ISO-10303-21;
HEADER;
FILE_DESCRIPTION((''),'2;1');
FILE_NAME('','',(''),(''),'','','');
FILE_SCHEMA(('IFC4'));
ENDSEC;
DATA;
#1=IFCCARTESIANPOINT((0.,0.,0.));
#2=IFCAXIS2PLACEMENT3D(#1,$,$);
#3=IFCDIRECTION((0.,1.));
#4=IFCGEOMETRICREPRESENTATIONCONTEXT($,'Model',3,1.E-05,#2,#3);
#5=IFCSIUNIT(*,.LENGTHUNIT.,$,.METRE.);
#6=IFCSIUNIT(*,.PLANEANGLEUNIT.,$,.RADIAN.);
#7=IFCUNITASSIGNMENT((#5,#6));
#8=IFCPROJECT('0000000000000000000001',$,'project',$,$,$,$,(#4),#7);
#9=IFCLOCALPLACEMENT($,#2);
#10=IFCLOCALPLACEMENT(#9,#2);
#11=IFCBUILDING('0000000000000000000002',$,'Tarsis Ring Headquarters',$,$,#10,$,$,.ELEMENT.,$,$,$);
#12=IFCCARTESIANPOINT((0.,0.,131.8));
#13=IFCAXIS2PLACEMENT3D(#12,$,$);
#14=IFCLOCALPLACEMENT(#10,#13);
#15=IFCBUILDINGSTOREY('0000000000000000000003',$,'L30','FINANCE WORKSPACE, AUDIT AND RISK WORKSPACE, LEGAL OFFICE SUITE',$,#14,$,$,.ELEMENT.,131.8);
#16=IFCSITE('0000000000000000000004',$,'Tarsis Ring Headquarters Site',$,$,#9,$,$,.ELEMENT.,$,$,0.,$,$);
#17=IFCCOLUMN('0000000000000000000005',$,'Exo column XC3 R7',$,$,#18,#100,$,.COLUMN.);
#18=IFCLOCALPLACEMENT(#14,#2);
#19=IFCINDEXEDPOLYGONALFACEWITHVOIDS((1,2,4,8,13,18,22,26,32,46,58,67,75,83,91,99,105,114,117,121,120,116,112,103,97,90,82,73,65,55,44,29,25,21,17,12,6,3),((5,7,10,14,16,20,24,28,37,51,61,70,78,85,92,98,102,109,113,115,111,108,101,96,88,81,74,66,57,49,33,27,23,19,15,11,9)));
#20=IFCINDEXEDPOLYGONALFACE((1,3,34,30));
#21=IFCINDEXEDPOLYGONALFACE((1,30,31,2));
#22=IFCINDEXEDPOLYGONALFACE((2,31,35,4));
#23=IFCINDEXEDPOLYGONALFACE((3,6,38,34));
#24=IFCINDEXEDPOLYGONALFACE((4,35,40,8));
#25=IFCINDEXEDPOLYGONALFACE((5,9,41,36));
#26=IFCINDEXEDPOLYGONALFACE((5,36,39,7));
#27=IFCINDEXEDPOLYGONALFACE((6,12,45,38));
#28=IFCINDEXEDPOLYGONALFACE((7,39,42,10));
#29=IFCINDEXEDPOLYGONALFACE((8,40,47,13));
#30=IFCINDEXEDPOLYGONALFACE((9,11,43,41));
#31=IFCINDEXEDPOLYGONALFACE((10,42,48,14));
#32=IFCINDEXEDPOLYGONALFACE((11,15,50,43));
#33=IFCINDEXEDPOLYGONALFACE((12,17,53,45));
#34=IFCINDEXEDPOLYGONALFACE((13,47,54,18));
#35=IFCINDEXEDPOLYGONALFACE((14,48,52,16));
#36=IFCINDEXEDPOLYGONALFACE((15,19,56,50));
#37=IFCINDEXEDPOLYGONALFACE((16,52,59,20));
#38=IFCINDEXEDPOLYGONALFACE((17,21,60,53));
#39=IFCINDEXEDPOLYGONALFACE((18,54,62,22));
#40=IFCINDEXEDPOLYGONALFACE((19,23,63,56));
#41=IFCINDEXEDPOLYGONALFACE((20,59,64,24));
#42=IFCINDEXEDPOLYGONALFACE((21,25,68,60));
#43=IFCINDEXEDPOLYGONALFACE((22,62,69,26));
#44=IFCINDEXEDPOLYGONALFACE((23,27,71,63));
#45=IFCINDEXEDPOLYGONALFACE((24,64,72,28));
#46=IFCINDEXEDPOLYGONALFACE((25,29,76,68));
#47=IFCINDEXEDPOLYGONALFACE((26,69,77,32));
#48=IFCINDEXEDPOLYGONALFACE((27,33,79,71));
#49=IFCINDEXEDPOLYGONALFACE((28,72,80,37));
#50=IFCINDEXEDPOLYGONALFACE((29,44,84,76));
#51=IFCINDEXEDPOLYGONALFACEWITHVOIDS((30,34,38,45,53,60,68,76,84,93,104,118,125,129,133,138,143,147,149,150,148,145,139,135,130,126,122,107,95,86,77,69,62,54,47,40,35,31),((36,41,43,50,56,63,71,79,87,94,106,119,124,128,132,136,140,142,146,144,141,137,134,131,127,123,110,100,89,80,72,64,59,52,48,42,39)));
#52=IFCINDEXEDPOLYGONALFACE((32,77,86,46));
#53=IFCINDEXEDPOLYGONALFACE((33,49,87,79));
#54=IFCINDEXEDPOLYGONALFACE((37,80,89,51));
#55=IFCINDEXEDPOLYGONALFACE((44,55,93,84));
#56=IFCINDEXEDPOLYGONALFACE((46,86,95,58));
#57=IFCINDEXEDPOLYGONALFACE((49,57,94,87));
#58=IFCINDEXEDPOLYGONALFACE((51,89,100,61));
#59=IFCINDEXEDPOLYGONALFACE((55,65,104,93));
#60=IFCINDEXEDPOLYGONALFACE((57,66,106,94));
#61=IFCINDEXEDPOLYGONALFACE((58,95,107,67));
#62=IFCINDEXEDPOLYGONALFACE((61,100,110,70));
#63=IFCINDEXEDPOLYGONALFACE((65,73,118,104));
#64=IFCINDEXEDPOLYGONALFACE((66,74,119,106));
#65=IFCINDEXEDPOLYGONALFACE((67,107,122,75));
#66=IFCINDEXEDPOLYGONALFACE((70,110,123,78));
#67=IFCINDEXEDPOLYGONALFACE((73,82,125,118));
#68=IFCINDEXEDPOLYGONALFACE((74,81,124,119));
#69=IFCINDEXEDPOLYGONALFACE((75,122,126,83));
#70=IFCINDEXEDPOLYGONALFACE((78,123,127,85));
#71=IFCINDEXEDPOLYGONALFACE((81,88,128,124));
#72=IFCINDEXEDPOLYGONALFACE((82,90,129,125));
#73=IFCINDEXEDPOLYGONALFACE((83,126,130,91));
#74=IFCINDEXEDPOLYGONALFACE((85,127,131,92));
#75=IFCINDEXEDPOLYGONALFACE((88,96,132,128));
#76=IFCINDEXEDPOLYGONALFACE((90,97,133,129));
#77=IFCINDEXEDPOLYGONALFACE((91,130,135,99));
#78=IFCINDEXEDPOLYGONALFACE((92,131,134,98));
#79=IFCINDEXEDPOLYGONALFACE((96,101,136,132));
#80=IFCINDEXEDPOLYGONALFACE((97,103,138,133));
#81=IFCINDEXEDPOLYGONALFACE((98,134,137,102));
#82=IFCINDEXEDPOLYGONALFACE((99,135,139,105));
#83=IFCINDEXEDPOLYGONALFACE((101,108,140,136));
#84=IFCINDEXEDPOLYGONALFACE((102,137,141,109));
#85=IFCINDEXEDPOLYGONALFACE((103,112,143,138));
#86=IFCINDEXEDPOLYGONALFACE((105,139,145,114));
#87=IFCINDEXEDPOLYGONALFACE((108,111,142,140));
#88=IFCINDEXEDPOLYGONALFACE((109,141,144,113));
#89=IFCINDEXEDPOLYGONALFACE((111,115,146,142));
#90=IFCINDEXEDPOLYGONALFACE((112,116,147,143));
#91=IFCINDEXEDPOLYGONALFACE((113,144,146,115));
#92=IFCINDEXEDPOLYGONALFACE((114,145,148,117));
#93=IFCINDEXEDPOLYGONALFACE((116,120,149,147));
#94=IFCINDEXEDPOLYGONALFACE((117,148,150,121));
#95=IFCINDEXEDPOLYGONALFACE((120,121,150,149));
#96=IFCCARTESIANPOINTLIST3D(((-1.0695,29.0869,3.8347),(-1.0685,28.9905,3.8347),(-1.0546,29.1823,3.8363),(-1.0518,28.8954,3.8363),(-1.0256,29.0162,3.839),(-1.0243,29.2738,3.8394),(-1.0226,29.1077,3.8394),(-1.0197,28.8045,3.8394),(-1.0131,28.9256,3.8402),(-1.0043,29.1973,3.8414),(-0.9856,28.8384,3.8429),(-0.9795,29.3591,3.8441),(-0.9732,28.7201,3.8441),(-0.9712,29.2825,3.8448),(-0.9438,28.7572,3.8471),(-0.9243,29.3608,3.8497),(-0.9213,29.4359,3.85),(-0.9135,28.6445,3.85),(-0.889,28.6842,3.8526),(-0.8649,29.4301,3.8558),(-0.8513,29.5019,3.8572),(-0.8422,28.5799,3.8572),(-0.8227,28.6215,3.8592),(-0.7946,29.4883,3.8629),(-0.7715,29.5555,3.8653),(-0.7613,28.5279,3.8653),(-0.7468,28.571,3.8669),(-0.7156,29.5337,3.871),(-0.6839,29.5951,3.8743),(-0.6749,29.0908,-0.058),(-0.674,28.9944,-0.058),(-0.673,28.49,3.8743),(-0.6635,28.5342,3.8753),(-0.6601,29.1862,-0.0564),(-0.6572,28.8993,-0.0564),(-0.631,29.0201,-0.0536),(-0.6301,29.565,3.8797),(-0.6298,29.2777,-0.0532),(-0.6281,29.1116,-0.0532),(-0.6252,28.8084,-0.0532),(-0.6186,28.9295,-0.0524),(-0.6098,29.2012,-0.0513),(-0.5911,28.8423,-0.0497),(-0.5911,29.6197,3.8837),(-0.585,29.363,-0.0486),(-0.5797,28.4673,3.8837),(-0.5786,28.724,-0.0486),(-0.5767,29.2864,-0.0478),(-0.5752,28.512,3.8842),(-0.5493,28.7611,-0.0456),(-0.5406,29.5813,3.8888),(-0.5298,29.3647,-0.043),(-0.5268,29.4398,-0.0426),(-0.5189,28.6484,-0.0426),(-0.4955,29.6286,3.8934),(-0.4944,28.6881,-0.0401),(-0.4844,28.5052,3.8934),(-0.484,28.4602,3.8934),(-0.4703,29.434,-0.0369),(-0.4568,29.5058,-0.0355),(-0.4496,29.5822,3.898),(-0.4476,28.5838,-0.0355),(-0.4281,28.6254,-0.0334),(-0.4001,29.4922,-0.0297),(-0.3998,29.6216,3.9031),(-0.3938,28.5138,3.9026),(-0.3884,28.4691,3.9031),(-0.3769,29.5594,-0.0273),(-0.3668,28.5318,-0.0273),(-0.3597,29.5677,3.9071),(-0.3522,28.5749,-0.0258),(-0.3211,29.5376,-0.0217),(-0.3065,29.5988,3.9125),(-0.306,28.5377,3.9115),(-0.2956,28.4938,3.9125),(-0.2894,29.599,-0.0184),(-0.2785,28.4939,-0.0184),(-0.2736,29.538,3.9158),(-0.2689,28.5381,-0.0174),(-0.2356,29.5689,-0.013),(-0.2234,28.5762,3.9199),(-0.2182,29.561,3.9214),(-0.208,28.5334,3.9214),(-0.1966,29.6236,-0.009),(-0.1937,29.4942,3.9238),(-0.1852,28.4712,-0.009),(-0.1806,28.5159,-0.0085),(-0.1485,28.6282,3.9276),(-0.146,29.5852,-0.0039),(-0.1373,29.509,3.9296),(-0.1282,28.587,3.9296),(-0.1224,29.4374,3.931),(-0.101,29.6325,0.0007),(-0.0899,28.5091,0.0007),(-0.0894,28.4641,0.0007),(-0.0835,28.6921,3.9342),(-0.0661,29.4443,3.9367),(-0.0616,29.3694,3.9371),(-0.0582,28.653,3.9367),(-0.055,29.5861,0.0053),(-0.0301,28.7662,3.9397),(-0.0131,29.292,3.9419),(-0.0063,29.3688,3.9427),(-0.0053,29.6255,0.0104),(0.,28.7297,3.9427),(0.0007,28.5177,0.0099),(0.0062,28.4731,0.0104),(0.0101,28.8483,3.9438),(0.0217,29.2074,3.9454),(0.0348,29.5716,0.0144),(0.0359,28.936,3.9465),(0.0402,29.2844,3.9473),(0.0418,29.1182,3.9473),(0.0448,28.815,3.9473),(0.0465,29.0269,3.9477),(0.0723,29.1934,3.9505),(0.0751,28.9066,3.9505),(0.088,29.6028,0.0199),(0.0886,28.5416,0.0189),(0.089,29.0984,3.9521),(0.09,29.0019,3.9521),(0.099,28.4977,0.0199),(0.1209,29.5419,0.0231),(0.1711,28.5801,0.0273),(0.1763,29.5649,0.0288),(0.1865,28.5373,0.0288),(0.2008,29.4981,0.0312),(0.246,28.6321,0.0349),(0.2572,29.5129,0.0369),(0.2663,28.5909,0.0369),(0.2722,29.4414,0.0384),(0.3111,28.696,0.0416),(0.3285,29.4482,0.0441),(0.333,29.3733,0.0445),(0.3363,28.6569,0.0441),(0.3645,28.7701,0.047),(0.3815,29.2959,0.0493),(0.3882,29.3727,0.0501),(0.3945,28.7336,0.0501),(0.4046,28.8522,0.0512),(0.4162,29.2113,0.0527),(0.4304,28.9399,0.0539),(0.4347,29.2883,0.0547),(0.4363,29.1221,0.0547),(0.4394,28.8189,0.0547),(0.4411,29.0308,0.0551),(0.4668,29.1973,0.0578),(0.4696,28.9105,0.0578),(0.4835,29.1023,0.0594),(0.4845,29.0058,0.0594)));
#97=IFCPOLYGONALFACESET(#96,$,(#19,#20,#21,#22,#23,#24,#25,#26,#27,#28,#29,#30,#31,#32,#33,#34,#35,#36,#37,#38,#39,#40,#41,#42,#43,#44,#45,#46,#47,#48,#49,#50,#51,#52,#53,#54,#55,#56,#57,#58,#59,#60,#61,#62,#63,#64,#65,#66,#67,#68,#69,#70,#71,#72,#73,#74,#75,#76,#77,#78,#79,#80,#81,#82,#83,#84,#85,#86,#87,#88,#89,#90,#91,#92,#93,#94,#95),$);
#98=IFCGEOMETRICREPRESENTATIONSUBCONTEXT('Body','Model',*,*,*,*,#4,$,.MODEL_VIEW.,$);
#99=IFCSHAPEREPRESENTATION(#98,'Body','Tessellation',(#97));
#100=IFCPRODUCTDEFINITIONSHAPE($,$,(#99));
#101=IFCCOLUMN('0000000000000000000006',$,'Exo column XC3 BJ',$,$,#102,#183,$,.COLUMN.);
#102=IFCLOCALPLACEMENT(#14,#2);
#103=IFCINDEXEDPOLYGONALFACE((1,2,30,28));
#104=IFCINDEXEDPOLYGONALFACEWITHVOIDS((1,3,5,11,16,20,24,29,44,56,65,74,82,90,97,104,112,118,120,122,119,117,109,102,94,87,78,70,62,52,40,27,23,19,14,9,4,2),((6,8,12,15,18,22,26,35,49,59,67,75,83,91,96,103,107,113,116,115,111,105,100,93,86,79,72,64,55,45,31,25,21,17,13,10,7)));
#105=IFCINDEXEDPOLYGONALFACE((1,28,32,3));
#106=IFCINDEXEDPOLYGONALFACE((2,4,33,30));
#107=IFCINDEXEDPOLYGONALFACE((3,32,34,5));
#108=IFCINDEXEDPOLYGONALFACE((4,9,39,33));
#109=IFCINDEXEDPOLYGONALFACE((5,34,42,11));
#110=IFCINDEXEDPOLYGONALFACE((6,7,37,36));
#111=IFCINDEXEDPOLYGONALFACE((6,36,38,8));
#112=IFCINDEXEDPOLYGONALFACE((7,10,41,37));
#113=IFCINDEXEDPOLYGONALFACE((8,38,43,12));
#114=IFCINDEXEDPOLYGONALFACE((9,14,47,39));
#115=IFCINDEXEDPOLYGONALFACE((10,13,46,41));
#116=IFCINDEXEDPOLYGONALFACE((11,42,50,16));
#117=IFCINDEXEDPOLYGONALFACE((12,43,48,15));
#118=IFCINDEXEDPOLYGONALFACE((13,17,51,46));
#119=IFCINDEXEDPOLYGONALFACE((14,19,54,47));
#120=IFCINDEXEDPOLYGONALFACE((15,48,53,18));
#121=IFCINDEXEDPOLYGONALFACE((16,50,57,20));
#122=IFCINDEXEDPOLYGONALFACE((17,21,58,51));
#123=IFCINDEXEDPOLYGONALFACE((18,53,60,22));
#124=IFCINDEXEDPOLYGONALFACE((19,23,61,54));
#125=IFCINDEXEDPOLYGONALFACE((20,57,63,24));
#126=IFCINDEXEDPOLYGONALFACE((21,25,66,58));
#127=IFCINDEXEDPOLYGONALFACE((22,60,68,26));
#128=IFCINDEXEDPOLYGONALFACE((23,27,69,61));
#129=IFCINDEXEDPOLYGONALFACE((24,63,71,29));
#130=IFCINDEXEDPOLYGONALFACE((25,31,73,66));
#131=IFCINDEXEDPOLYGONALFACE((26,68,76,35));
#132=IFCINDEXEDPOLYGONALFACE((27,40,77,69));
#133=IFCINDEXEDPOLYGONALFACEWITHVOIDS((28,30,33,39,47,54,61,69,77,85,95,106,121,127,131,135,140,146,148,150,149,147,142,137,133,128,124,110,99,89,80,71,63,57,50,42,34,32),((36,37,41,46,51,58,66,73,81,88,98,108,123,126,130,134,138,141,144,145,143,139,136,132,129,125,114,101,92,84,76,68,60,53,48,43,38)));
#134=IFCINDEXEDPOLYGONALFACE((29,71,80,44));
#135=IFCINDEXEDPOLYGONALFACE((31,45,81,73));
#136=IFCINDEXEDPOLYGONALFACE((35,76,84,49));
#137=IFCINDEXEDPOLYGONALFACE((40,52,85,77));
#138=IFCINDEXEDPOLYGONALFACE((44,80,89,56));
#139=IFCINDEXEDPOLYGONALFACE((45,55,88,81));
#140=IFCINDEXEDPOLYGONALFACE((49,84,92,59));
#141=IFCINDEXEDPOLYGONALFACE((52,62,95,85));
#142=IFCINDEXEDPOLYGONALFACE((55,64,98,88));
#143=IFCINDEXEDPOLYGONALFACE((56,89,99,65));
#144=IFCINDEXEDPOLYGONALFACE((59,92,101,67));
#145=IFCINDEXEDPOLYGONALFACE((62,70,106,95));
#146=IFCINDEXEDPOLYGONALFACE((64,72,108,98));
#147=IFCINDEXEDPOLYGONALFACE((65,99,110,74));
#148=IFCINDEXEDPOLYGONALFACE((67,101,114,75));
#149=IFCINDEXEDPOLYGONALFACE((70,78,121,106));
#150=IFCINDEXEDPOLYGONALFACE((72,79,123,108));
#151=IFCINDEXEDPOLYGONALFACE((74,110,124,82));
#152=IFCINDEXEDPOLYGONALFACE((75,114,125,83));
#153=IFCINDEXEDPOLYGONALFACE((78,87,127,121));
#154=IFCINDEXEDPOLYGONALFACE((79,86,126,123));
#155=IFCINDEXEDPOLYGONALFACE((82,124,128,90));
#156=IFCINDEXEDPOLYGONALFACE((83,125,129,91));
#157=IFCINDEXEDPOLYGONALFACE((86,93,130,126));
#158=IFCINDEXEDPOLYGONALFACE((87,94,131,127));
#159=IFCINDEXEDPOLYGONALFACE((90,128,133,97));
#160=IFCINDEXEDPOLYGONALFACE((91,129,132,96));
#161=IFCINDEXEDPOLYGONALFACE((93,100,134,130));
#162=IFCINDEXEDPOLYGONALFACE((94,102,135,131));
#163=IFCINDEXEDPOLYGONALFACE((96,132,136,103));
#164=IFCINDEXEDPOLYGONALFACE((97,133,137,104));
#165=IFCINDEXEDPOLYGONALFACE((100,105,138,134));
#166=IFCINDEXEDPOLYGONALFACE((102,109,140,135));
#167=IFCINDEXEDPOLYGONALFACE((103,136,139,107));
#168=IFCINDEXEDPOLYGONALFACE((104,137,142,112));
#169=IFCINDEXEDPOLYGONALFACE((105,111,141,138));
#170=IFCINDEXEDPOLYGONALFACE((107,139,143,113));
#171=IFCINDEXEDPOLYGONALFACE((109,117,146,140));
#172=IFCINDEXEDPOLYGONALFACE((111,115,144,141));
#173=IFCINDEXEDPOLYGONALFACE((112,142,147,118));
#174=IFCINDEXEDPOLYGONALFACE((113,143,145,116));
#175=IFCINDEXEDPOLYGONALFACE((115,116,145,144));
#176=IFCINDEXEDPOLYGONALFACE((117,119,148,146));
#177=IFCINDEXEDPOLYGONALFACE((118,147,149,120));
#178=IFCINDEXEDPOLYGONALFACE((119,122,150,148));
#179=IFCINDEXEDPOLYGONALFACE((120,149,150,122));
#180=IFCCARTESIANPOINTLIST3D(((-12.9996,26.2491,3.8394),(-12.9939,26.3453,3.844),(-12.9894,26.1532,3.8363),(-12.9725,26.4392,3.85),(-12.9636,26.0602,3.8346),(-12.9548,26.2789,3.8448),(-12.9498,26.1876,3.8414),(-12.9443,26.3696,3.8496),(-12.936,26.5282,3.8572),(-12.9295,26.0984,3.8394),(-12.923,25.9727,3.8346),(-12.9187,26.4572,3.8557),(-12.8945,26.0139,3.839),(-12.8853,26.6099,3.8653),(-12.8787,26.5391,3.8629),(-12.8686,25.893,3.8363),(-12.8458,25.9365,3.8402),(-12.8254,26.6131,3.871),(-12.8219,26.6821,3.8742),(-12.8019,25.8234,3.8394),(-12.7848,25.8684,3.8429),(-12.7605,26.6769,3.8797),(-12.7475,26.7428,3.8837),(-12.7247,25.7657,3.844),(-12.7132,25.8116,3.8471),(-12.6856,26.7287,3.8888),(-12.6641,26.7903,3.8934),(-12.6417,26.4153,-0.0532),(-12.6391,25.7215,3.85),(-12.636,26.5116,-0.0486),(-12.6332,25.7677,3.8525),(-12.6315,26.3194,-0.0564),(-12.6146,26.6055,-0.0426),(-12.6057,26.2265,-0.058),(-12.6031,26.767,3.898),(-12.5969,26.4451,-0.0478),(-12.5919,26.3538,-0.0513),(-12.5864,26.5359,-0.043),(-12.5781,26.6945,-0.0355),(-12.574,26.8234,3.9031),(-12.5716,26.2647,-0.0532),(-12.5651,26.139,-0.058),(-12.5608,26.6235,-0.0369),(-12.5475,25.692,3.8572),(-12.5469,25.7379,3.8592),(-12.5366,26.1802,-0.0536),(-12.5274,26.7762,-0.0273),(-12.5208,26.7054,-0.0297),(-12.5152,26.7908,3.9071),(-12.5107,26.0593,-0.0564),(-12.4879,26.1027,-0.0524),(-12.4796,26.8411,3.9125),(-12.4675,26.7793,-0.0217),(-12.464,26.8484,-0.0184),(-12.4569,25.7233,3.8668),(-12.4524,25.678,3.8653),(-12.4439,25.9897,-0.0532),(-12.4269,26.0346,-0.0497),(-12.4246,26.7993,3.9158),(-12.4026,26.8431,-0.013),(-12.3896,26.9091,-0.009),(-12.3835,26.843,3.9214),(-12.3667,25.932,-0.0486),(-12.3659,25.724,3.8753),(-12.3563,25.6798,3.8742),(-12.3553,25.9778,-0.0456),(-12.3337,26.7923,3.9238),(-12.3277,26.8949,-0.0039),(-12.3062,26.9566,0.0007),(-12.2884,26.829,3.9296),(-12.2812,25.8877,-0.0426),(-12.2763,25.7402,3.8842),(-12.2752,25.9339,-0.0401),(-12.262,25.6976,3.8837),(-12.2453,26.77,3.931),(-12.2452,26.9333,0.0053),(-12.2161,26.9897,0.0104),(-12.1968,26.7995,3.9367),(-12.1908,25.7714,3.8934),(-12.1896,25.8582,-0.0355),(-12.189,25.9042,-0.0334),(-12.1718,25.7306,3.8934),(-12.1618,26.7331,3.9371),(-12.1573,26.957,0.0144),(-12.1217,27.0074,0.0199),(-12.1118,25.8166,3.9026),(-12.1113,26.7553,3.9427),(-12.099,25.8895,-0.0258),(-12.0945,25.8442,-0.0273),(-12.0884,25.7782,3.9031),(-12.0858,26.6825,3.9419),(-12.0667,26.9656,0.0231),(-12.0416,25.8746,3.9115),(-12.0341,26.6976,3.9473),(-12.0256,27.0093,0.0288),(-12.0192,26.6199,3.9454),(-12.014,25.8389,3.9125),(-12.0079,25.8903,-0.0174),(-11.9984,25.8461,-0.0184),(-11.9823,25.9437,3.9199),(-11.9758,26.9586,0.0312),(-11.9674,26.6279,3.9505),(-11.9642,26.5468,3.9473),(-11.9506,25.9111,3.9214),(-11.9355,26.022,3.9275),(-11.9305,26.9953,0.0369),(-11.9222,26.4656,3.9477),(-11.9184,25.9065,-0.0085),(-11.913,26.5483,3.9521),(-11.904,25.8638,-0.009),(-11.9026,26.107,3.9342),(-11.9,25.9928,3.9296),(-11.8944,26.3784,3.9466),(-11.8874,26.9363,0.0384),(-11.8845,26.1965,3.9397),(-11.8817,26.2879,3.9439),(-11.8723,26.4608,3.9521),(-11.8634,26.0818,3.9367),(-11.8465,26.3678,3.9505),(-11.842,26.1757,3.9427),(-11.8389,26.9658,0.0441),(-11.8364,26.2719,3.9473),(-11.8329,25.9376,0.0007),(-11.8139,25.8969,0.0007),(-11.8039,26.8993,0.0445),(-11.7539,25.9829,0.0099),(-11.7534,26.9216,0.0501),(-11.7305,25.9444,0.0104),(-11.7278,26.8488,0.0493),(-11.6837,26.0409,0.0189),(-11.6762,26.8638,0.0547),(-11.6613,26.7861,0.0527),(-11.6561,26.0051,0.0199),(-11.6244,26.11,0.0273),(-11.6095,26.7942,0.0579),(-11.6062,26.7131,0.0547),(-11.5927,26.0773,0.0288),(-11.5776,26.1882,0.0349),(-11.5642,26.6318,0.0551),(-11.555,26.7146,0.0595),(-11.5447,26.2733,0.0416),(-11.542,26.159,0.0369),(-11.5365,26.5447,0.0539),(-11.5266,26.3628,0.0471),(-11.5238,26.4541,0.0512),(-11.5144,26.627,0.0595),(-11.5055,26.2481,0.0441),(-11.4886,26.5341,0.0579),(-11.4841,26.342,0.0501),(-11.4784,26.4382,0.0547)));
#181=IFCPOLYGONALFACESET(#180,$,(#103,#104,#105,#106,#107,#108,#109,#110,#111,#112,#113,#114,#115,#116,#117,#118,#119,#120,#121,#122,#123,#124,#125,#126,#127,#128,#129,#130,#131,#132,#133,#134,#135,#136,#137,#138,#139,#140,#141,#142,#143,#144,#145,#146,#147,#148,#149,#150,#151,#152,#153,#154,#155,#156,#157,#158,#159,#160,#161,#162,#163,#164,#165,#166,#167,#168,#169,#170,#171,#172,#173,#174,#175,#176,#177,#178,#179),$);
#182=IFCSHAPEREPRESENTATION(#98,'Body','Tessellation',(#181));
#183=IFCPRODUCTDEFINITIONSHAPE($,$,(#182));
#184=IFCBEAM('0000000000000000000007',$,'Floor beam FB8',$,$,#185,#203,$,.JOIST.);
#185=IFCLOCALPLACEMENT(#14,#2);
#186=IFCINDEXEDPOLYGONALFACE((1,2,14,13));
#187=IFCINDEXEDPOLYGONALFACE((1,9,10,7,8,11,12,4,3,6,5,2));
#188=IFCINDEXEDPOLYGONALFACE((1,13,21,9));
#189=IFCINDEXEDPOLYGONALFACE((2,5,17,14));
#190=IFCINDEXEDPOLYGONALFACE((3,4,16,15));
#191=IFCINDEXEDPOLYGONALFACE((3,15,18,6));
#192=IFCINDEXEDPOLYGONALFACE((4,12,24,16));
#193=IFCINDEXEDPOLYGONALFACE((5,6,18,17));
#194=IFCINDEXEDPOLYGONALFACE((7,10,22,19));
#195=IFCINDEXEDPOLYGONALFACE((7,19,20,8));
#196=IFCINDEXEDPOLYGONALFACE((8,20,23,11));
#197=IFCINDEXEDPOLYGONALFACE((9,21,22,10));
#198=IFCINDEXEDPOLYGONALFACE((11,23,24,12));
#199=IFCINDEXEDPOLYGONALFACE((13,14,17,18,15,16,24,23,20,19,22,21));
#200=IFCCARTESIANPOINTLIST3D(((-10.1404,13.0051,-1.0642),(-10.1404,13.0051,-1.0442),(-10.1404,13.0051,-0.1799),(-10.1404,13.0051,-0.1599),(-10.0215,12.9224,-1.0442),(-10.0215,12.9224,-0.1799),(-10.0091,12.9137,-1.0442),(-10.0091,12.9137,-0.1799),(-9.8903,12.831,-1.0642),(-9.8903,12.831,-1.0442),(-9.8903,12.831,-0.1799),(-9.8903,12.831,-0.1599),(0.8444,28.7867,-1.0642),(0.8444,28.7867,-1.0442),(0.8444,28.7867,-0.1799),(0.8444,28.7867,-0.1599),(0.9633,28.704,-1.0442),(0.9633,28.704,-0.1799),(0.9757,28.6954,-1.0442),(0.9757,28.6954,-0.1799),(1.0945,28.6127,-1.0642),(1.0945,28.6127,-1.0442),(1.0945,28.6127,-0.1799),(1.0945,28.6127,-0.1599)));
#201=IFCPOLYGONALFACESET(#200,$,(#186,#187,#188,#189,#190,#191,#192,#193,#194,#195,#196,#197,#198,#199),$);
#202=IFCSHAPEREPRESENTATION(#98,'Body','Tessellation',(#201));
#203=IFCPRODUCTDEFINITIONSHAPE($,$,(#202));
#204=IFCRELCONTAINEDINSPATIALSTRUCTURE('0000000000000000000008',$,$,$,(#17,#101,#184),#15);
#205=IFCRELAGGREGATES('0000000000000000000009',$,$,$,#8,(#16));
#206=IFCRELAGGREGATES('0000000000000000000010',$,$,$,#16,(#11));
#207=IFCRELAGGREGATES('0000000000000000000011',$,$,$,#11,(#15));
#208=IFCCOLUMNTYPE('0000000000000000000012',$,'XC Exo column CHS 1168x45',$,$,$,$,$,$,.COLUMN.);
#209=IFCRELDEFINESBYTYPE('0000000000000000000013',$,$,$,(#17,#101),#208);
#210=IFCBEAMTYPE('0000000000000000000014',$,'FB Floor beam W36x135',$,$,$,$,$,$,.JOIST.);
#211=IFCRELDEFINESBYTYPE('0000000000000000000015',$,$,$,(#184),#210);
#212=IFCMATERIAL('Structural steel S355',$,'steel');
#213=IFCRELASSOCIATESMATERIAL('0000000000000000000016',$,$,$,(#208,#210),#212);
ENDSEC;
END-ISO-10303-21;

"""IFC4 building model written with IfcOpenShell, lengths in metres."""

from ifc_helpers import new_model, si_unit, direction, frame, origin, origin_2d, place, context, subcontext, project, spatial, hollow_circle, i_section, extrude, material, material_profile, profile_set, type_object, element, save


model = new_model("IFC4")

# Units and contexts
model_context = context("Model", 3, precision=1e-05, world=origin(), true_north=direction((0.0, 1.0)))
body_context = subcontext(model_context, "Body", "Model", "MODEL_VIEW")
ifc_project = project(units=[si_unit("LENGTHUNIT", "METRE"), si_unit("PLANEANGLEUNIT", "RADIAN")], contexts=[model_context])

# Site, building, storey
site_placement = place(None, origin())
site = spatial("IfcSite", under=ifc_project, at=site_placement, Name="Tarsis Ring Headquarters Site", CompositionType="ELEMENT", RefElevation=0.0)
building_placement = place(site_placement, origin())
building = spatial("IfcBuilding", under=site, at=building_placement, Name="Tarsis Ring Headquarters", CompositionType="ELEMENT")
storey_placement = place(building_placement, frame((0.0, 0.0, 131.8)))
storey = spatial("IfcBuildingStorey", under=building, at=storey_placement, Name="L30", Description="FINANCE WORKSPACE, AUDIT AND RISK WORKSPACE, LEGAL OFFICE SUITE", CompositionType="ELEMENT", Elevation=131.8)

# Columns
ifc_material_1 = material(Name="Structural steel S355", Category="steel")
ifc_material_profile_1 = material_profile(ifc_material_1, hollow_circle(Radius=0.5842, WallThickness=0.0449, at=origin_2d()), Name="CHS 1168x45")
ifc_profile_set_1 = profile_set([ifc_material_profile_1], Name="Structural steel S355")
column_type = type_object("IfcColumnType", Name="XC Exo column CHS 1168x45", PredefinedType="COLUMN", material=ifc_profile_set_1)
for number, where, z_axis, x_axis, name in (
    (1, (-0.0952, 29.0483, 0.0007), (-0.100838, -0.000998, 0.994902), (0.009901, -0.999951, 0.0), "Exo column XC3 R7"),
    (2, (-12.0601, 26.4268, 0.0007), (-0.091478, -0.042494, 0.9949), (0.421293, -0.906925, 0.0), "Exo column XC3 BJ"),
):
    element("IfcColumn", number, at=place(storey_placement, frame(where, z_axis=z_axis, x_axis=x_axis)), inside=storey, type_object=column_type, Name=name, PredefinedType="COLUMN", context=body_context, shape_type="SweptSolid", body=[
        extrude(hollow_circle(Radius=0.5842, WallThickness=0.0449, at=origin_2d()), origin(), (0.0, 0.0, 1.0), 3.9126),
    ])

# Beam
ifc_material_profile_2 = material_profile(ifc_material_1, i_section(OverallWidth=0.3047, OverallDepth=0.9043, WebThickness=0.0151, FlangeThickness=0.02, at=origin_2d()), Name="W36x135")
ifc_profile_set_2 = profile_set([ifc_material_profile_2], Name="Structural steel S355")
beam_type_1 = type_object("IfcBeamType", Name="FB Floor beam W36x135", PredefinedType="JOIST", material=ifc_profile_set_2)
beam_1_placement = place(storey_placement, frame((0.9695, 28.6997, -0.6121), z_axis=(-0.571284, -0.820752, 0.0), x_axis=(0.820752, -0.571284, 0.0)))
element("IfcBeam", 3, at=beam_1_placement, inside=storey, type_object=beam_type_1, Name="Floor beam FB8", PredefinedType="JOIST", context=body_context, shape_type="SweptSolid", body=[
    extrude(i_section(OverallWidth=0.3047, OverallDepth=0.9043, WebThickness=0.0151, FlangeThickness=0.02, at=origin_2d()), origin(), (0.0, 0.0, 1.0), 19.2283),
])

save(model, "model.ifc")
